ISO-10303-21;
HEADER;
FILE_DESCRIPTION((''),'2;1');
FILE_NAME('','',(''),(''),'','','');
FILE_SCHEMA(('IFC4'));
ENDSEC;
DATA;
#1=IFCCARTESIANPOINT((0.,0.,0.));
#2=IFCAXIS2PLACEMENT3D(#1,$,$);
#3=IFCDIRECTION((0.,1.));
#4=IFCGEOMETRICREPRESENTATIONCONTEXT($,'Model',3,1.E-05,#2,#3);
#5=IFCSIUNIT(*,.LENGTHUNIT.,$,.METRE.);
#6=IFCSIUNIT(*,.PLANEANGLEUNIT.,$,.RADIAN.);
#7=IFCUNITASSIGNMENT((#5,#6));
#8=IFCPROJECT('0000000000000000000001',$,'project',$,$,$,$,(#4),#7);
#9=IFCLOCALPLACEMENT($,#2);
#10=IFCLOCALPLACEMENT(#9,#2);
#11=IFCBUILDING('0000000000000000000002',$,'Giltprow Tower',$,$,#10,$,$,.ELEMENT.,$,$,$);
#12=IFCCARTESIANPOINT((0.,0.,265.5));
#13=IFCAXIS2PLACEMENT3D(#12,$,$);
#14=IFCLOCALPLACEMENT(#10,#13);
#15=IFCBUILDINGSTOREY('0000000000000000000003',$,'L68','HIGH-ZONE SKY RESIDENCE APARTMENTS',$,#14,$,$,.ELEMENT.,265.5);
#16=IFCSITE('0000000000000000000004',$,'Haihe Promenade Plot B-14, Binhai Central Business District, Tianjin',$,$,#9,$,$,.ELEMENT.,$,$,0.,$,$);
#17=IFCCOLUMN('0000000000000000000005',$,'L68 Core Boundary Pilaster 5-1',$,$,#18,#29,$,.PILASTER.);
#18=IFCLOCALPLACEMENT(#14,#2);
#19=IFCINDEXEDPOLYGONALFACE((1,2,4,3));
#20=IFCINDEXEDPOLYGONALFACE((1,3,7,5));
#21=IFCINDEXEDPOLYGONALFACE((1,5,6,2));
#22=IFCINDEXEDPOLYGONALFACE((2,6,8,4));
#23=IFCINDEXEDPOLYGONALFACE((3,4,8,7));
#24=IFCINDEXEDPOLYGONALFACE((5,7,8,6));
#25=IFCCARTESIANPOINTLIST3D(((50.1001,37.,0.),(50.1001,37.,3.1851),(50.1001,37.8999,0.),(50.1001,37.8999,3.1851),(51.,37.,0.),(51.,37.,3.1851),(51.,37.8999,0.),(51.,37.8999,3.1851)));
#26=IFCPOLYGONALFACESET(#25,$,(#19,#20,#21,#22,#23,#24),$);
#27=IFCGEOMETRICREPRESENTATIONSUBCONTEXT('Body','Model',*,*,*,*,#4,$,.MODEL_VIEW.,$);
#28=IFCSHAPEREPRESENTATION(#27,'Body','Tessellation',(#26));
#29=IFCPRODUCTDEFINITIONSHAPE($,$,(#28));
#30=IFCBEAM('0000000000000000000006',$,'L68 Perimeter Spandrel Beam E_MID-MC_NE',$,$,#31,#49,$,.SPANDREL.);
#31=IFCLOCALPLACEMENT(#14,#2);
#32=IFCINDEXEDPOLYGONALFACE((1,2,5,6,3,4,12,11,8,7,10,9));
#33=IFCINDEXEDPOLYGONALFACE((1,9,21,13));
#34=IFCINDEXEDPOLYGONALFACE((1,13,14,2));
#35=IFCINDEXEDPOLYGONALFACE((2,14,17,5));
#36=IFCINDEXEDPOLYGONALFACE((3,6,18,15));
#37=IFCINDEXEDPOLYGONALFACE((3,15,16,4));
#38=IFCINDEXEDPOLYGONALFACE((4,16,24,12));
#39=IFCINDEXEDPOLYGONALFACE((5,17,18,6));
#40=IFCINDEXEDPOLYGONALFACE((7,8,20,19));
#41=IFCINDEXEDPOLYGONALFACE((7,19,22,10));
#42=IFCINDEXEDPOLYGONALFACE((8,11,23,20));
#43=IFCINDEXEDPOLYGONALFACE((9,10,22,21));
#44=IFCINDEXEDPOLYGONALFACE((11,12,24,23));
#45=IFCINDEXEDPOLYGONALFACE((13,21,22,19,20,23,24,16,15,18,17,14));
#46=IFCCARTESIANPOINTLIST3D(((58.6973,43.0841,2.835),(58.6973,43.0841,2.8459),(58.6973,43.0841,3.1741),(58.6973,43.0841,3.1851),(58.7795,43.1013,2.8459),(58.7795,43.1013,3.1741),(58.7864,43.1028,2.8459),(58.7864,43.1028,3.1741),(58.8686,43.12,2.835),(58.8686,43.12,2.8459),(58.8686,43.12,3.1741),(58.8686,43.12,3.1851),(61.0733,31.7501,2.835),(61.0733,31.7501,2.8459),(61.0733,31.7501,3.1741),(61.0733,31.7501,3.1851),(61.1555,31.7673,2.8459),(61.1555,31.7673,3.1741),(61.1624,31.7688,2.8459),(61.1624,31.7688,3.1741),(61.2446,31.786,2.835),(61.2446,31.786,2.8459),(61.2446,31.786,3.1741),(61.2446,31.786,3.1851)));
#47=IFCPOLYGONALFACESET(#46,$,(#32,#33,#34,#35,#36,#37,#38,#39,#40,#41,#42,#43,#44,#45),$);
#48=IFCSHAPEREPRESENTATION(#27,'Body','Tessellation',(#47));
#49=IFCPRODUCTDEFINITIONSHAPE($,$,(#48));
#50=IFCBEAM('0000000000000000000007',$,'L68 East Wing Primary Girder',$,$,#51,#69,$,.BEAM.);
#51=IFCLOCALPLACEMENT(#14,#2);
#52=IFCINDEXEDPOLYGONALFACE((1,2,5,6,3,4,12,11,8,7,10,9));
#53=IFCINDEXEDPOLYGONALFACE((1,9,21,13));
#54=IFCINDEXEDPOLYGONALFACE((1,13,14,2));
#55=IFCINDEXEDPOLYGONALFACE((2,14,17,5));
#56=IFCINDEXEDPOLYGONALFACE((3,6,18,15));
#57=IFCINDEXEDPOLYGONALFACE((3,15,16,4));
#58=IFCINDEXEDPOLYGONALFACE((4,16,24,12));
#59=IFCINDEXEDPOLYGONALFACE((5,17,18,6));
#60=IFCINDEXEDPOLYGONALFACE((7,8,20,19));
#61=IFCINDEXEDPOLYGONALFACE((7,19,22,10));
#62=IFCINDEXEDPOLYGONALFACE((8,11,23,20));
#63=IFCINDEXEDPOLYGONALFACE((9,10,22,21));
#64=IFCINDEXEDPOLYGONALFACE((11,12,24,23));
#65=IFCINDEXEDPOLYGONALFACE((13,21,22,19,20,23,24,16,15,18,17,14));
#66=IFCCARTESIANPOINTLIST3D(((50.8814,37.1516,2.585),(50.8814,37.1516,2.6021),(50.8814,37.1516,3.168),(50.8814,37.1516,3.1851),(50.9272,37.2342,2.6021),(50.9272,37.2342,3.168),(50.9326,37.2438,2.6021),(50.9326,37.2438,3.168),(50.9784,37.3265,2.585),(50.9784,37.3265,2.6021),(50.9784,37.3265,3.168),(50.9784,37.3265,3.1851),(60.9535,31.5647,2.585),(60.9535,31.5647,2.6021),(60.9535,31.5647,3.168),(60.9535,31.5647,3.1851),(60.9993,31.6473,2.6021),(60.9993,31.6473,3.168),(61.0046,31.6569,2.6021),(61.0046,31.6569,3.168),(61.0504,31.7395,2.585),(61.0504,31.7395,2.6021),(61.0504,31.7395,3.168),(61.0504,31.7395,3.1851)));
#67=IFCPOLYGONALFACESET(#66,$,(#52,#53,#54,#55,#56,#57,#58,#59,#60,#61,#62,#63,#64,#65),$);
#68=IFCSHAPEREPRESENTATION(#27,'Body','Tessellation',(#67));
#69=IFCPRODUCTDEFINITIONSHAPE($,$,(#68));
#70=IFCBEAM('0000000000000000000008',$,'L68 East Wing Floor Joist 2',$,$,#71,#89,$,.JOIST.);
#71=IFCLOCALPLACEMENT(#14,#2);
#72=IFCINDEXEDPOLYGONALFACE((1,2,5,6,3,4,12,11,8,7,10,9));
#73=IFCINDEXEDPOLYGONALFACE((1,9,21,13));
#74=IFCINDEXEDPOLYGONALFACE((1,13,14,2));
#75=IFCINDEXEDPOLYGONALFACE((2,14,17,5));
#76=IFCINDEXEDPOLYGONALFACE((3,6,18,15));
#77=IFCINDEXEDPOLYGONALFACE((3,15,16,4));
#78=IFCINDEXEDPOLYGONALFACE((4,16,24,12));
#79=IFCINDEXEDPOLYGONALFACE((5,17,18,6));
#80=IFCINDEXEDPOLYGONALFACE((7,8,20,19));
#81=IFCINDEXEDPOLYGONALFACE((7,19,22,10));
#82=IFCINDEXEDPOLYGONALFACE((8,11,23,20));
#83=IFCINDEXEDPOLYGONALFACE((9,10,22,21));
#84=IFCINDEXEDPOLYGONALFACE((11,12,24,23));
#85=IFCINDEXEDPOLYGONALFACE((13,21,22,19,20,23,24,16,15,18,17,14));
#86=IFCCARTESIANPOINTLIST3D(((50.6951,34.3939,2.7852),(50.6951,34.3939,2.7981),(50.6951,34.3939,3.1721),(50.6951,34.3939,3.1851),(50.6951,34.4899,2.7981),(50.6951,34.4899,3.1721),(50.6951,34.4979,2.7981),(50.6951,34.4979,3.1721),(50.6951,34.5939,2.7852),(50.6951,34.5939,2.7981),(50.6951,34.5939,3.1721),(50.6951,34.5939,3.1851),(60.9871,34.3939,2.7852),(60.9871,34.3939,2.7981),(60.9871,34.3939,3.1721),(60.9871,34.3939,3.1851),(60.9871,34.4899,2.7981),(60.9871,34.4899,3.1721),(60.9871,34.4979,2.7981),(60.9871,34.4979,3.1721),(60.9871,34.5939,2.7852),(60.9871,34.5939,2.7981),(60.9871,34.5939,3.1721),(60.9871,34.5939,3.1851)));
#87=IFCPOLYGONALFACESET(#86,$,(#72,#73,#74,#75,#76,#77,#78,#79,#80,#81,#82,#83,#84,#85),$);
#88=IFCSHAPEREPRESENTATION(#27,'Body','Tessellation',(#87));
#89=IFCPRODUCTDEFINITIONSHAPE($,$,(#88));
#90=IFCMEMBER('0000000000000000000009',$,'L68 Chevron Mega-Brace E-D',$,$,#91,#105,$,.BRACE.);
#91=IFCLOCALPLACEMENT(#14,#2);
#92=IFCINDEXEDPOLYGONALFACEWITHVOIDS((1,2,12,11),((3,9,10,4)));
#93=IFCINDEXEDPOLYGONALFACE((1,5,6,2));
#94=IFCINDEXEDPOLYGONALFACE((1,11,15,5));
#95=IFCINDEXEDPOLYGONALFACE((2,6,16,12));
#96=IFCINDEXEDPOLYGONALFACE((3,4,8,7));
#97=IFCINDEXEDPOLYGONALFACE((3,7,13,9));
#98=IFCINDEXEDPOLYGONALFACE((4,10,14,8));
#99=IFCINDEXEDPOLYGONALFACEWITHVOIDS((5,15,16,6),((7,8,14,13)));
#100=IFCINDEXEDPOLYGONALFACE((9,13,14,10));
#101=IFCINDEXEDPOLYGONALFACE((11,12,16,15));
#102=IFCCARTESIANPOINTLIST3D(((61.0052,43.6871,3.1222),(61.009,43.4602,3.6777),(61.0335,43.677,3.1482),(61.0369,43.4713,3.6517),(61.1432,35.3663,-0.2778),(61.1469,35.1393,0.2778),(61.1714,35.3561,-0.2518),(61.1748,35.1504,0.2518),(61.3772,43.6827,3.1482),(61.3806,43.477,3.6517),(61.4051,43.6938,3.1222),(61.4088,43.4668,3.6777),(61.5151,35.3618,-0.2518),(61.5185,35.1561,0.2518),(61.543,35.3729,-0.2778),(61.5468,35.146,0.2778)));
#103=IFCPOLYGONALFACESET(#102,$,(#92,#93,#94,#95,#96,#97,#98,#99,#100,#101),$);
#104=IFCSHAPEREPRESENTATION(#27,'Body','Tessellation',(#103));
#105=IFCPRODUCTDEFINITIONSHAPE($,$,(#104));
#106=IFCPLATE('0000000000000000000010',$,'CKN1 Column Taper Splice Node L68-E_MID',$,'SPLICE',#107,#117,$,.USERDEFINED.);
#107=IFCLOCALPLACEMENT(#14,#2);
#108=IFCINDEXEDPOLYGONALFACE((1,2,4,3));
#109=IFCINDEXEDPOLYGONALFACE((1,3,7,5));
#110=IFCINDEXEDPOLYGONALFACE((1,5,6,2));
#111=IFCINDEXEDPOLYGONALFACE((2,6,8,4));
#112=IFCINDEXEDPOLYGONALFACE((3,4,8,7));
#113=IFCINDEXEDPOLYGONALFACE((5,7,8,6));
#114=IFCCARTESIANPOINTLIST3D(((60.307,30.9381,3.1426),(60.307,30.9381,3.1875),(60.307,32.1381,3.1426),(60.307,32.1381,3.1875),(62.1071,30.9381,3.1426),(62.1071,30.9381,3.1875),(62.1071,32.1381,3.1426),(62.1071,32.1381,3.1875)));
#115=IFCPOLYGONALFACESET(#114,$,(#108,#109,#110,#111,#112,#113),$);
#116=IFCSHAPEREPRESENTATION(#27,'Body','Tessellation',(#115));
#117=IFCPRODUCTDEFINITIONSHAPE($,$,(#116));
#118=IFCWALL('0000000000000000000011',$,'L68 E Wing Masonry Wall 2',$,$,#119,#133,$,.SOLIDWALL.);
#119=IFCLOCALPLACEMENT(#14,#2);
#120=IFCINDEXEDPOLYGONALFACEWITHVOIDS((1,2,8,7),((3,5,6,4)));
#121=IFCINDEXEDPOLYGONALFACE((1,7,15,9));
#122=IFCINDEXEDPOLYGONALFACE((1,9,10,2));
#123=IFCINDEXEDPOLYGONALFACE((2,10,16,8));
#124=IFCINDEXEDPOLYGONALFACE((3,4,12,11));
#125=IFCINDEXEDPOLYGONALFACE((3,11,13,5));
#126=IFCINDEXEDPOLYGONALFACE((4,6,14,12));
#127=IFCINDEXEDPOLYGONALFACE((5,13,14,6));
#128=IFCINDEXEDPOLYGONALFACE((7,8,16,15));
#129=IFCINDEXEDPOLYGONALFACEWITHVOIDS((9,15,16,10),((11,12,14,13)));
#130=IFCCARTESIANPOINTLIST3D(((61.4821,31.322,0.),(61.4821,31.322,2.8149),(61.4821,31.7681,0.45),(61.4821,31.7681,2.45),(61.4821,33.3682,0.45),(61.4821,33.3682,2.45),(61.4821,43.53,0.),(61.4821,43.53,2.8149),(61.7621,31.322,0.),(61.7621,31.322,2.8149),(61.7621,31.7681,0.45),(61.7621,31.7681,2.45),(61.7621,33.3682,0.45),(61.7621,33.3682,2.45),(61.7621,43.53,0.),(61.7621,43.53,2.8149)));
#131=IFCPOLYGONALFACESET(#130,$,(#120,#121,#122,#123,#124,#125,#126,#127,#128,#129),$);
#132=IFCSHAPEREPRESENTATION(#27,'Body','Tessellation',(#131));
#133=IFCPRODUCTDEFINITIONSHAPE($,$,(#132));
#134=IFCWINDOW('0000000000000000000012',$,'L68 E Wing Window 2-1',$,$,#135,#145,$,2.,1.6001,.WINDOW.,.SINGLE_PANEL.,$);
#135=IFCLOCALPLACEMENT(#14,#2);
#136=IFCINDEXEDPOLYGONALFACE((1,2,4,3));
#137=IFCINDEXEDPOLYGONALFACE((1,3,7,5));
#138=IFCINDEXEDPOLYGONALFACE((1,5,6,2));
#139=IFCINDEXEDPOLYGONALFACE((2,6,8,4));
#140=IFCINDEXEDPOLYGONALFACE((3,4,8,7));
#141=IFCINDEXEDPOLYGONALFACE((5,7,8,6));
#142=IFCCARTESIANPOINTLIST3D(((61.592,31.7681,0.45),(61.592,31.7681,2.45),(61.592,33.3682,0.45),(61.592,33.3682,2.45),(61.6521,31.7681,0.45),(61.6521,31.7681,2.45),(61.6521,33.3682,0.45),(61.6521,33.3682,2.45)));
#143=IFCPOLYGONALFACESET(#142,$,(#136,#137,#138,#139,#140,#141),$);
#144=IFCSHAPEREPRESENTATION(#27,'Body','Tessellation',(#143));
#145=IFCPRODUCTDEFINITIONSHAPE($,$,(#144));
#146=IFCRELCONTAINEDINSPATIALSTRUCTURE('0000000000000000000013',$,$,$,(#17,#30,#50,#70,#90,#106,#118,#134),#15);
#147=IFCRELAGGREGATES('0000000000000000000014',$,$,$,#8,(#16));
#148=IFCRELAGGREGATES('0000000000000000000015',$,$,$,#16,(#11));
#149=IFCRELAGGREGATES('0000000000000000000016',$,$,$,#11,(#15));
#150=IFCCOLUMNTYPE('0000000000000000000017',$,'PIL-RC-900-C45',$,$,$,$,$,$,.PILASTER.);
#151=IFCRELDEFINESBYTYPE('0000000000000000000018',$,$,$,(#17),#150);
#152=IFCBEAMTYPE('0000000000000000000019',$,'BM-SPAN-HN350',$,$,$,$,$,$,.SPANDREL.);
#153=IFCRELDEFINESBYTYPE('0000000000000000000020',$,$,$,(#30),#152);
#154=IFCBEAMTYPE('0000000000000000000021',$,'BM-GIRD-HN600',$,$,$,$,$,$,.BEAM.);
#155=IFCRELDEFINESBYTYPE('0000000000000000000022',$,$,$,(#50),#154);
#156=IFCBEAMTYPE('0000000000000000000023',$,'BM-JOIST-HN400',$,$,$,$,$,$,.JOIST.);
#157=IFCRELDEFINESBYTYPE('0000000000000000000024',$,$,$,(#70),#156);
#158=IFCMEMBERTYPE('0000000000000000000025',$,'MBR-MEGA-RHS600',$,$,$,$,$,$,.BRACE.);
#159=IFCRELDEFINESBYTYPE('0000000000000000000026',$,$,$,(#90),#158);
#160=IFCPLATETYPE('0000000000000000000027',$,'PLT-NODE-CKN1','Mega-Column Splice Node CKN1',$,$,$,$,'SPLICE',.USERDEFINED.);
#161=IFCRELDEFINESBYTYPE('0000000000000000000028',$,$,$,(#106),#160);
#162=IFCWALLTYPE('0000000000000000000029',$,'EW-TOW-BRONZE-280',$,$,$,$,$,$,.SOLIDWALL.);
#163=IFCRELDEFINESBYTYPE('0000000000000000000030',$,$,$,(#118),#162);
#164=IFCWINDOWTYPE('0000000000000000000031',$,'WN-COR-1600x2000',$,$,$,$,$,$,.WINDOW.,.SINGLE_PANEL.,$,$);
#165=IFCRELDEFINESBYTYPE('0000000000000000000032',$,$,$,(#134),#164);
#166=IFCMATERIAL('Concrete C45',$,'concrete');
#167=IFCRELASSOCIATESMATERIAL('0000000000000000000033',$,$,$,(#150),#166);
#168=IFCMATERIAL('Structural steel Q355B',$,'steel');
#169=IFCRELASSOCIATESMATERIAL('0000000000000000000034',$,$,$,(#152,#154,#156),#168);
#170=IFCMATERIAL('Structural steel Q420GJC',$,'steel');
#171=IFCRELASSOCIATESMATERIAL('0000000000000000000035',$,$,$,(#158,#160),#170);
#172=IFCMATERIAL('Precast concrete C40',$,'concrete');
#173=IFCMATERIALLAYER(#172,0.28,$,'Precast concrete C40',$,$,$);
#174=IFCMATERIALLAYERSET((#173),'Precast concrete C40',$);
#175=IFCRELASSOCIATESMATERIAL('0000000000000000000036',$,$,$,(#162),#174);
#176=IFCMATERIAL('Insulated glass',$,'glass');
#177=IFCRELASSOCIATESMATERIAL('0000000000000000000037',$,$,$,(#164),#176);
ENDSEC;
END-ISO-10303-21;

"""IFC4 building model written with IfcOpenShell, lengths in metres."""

from ifc_helpers import new_model, si_unit, direction, frame, frame_2d, origin, origin_2d, place, context, subcontext, project, spatial, rectangle, hollow_rectangle, i_section, extrude, source, transform, mapped, material, layer, layer_set, material_profile, profile_set, type_object, element, fill, save


model = new_model("IFC4")

# Units and contexts
model_context = context("Model", 3, precision=1e-05, world=origin(), true_north=direction((0.0, 1.0)))
body_context = subcontext(model_context, "Body", "Model", "MODEL_VIEW")
ifc_project = project(units=[si_unit("LENGTHUNIT", "METRE"), si_unit("PLANEANGLEUNIT", "RADIAN")], contexts=[model_context])

# Site, building, storey
site_placement = place(None, origin())
site = spatial("IfcSite", under=ifc_project, at=site_placement, Name="Haihe Promenade Plot B-14, Binhai Central Business District, Tianjin", CompositionType="ELEMENT", RefElevation=0.0)
building_placement = place(site_placement, origin())
building = spatial("IfcBuilding", under=site, at=building_placement, Name="Giltprow Tower", CompositionType="ELEMENT")
storey_placement = place(building_placement, frame((0.0, 0.0, 265.5)))
storey = spatial("IfcBuildingStorey", under=building, at=storey_placement, Name="L68", Description="HIGH-ZONE SKY RESIDENCE APARTMENTS", CompositionType="ELEMENT", Elevation=265.5)

# Column
ifc_material_1 = material(Name="Concrete C45", Category="concrete")
ifc_material_profile_1 = material_profile(ifc_material_1, rectangle(XDim=0.8999, YDim=0.8999, at=origin_2d()), Name="RC 900x900")
ifc_profile_set_1 = profile_set([ifc_material_profile_1], Name="Concrete C45")
column_type = type_object("IfcColumnType", Name="PIL-RC-900-C45", PredefinedType="PILASTER", material=ifc_profile_set_1)
shared_shape_1 = source(origin(), body_context, "Body", "SweptSolid", [
    extrude(rectangle(XDim=0.8999, YDim=0.8999, at=origin_2d()), origin(), (0.0, 0.0, 1.0), 3.1851),
])
column_placement = place(storey_placement, frame((50.55, 37.45, 0.0), z_axis=(0.0, 0.0, 1.0), x_axis=(1.0, 0.0, 0.0)))
element("IfcColumn", 1, at=column_placement, inside=storey, type_object=column_type, Name="L68 Core Boundary Pilaster 5-1", PredefinedType="PILASTER", context=body_context, shape_type="MappedRepresentation", body=[
    mapped(shared_shape_1, transform((0.0, 0.0, 0.0), x_axis=(1.0, 0.0, 0.0), y_axis=(0.0, 1.0, 0.0), z_axis=(0.0, 0.0, 1.0), scale=1.0)),
])

# Beams
ifc_material_2 = material(Name="Structural steel Q355B", Category="steel")
ifc_material_profile_2 = material_profile(ifc_material_2, i_section(OverallWidth=0.175, OverallDepth=0.3501, WebThickness=0.0071, FlangeThickness=0.011, at=origin_2d()), Name="HN 350x175x7x11")
ifc_profile_set_2 = profile_set([ifc_material_profile_2], Name="Structural steel Q355B")
beam_type_1 = type_object("IfcBeamType", Name="BM-SPAN-HN350", PredefinedType="SPANDREL", material=ifc_profile_set_2)
shared_shape_2 = source(origin(), body_context, "Body", "SweptSolid", [
    extrude(i_section(OverallWidth=0.175, OverallDepth=0.3501, WebThickness=0.0071, FlangeThickness=0.011, at=origin_2d()), origin(), (0.0, 0.0, 1.0), 11.5803),
])
beam_1_placement = place(storey_placement, frame((61.1589, 31.7681, 3.01), z_axis=(-0.205173, 0.978726, 0.0), x_axis=(-0.978726, -0.205173, 0.0)))
element("IfcBeam", 2, at=beam_1_placement, inside=storey, type_object=beam_type_1, Name="L68 Perimeter Spandrel Beam E_MID-MC_NE", PredefinedType="SPANDREL", context=body_context, shape_type="MappedRepresentation", body=[
    mapped(shared_shape_2, transform((0.0, 0.0, 0.0), x_axis=(1.0, 0.0, 0.0), y_axis=(0.0, 1.0, 0.0), z_axis=(0.0, 0.0, 1.0), scale=1.0)),
])
ifc_material_profile_3 = material_profile(ifc_material_2, i_section(OverallWidth=0.2, OverallDepth=0.6001, WebThickness=0.011, FlangeThickness=0.0171, at=origin_2d()), Name="HN 600x200x11x17")
ifc_profile_set_3 = profile_set([ifc_material_profile_3], Name="Structural steel Q355B")
beam_type_2 = type_object("IfcBeamType", Name="BM-GIRD-HN600", PredefinedType="BEAM", material=ifc_profile_set_3)
shared_shape_3 = source(origin(), body_context, "Body", "SweptSolid", [
    extrude(i_section(OverallWidth=0.2, OverallDepth=0.6001, WebThickness=0.011, FlangeThickness=0.0171, at=origin_2d()), origin(), (0.0, 0.0, 1.0), 11.5178),
])
beam_2_placement = place(storey_placement, frame((61.002, 31.6521, 2.885), z_axis=(-0.874476, 0.485069, 0.0), x_axis=(-0.485069, -0.874476, 0.0)))
element("IfcBeam", 3, at=beam_2_placement, inside=storey, type_object=beam_type_2, Name="L68 East Wing Primary Girder", PredefinedType="BEAM", context=body_context, shape_type="MappedRepresentation", body=[
    mapped(shared_shape_3, transform((0.0, 0.0, 0.0), x_axis=(1.0, 0.0, 0.0), y_axis=(0.0, 1.0, 0.0), z_axis=(0.0, 0.0, 1.0), scale=1.0)),
])
ifc_material_profile_4 = material_profile(ifc_material_2, i_section(OverallWidth=0.2, OverallDepth=0.3999, WebThickness=0.0081, FlangeThickness=0.0129, at=origin_2d()), Name="HN 400x200x8x13")
ifc_profile_set_4 = profile_set([ifc_material_profile_4], Name="Structural steel Q355B")
beam_type_3 = type_object("IfcBeamType", Name="BM-JOIST-HN400", PredefinedType="JOIST", material=ifc_profile_set_4)
shared_shape_4 = source(origin(), body_context, "Body", "SweptSolid", [
    extrude(i_section(OverallWidth=0.2, OverallDepth=0.3999, WebThickness=0.0081, FlangeThickness=0.0129, at=origin_2d()), origin(), (0.0, 0.0, 1.0), 10.292),
])
beam_3_placement = place(storey_placement, frame((50.6951, 34.4939, 2.9851), z_axis=(1.0, 0.0, 0.0), x_axis=(0.0, 1.0, 0.0)))
element("IfcBeam", 4, at=beam_3_placement, inside=storey, type_object=beam_type_3, Name="L68 East Wing Floor Joist 2", PredefinedType="JOIST", context=body_context, shape_type="MappedRepresentation", body=[
    mapped(shared_shape_4, transform((0.0, 0.0, 0.0), x_axis=(1.0, 0.0, 0.0), y_axis=(0.0, 1.0, 0.0), z_axis=(0.0, 0.0, 1.0), scale=1.0)),
])

# Member
ifc_material_3 = material(Name="Structural steel Q420GJC", Category="steel")
ifc_material_profile_5 = material_profile(ifc_material_3, hollow_rectangle(XDim=0.3999, YDim=0.6001, WallThickness=0.0281, at=origin_2d()), Name="RHS 600x400x28")
ifc_profile_set_5 = profile_set([ifc_material_profile_5], Name="Structural steel Q420GJC")
member_type = type_object("IfcMemberType", Name="MBR-MEGA-RHS600", PredefinedType="BRACE", material=ifc_profile_set_5)
shared_shape_5 = source(origin(), body_context, "Body", "SweptSolid", [
    extrude(hollow_rectangle(XDim=0.3999, YDim=0.6001, WallThickness=0.0281, at=origin_2d()), origin(), (0.0, 0.0, 1.0), 8.9897),
])
member_placement = place(storey_placement, frame((61.345, 35.2561, 0.0), z_axis=(-0.015344, 0.925596, 0.378201), x_axis=(-0.999863, -0.016575, 0.0)))
element("IfcMember", 5, at=member_placement, inside=storey, type_object=member_type, Name="L68 Chevron Mega-Brace E-D", PredefinedType="BRACE", context=body_context, shape_type="MappedRepresentation", body=[
    mapped(shared_shape_5, transform((0.0, 0.0, 0.0), x_axis=(1.0, 0.0, 0.0), y_axis=(0.0, 1.0, 0.0), z_axis=(0.0, 0.0, 1.0), scale=1.0)),
])

# Plate
plate_type = type_object("IfcPlateType", Name="PLT-NODE-CKN1", Description="Mega-Column Splice Node CKN1", ElementType="SPLICE", PredefinedType="USERDEFINED", material=ifc_material_3)
shared_shape_6 = source(origin(), body_context, "Body", "SweptSolid", [
    extrude(rectangle(XDim=1.8, YDim=1.2, at=origin_2d()), origin(), (0.0, 0.0, 1.0), 0.0449),
])
plate_placement = place(storey_placement, frame((61.207, 31.5381, 3.1426), z_axis=(0.0, 0.0, 1.0), x_axis=(1.0, 0.0, 0.0)))
element("IfcPlate", 6, at=plate_placement, inside=storey, type_object=plate_type, Name="CKN1 Column Taper Splice Node L68-E_MID", ObjectType="SPLICE", PredefinedType="USERDEFINED", context=body_context, shape_type="MappedRepresentation", body=[
    mapped(shared_shape_6, transform((0.0, 0.0, 0.0), x_axis=(1.0, 0.0, 0.0), y_axis=(0.0, 1.0, 0.0), z_axis=(0.0, 0.0, 1.0), scale=1.0)),
])

# Wall, opening, window
ifc_material_4 = material(Name="Precast concrete C40", Category="concrete")
ifc_layer_1 = layer(ifc_material_4, 0.28, Name="Precast concrete C40")
ifc_layer_set_1 = layer_set([ifc_layer_1], Name="Precast concrete C40")
wall_type_1 = type_object("IfcWallType", Name="EW-TOW-BRONZE-280", PredefinedType="SOLIDWALL", material=ifc_layer_set_1)
wall_1_placement = place(storey_placement, frame((61.6221, 31.322, 0.0), z_axis=(0.0, 0.0, 1.0), x_axis=(0.0, 1.0, 0.0)))
wall_1 = element("IfcWall", 7, at=wall_1_placement, inside=storey, type_object=wall_type_1, Name="L68 E Wing Masonry Wall 2", PredefinedType="SOLIDWALL", context=body_context, shape_type="SweptSolid", body=[
    extrude(rectangle(XDim=12.208, YDim=0.28, at=frame_2d((6.104, 0.0))), origin(), (0.0, 0.0, 1.0), 2.8149),
])
opening_1_placement = place(wall_1_placement, frame((0.446, 0.0, 0.45)))
opening_1 = element("IfcOpeningElement", 8, at=opening_1_placement, cuts=wall_1, PredefinedType="OPENING", context=body_context, shape_type="SweptSolid", body=[
    extrude(rectangle(XDim=1.6001, YDim=2.0, at=frame_2d((0.8, 1.0))), frame((0.0, 0.1499, 0.0), z_axis=(0.0, -1.0, 0.0), x_axis=(1.0, 0.0, 0.0)), (0.0, 0.0, 1.0), 0.3),
])
ifc_material_5 = material(Name="Insulated glass", Category="glass")
window_type = type_object("IfcWindowType", Name="WN-COR-1600x2000", PartitioningType="SINGLE_PANEL", PredefinedType="WINDOW", material=ifc_material_5)
shared_shape_7 = source(origin(), body_context, "Body", "SweptSolid", [
    extrude(rectangle(XDim=1.6001, YDim=2.0, at=frame_2d((0.8, 1.0))), frame((0.0, 0.03, 0.0), z_axis=(0.0, -1.0, 0.0), x_axis=(1.0, 0.0, 0.0)), (0.0, 0.0, 1.0), 0.0601),
])
window_placement = place(opening_1_placement, origin())
window = element("IfcWindow", 9, at=window_placement, inside=storey, type_object=window_type, Name="L68 E Wing Window 2-1", OverallHeight=2.0, OverallWidth=1.6001, PartitioningType="SINGLE_PANEL", PredefinedType="WINDOW", context=body_context, shape_type="MappedRepresentation", body=[
    mapped(shared_shape_7, transform((0.0, 0.0, 0.0), x_axis=(1.0, 0.0, 0.0), y_axis=(0.0, 1.0, 0.0), z_axis=(0.0, 0.0, 1.0), scale=1.0)),
])
fill(opening_1, window)

save(model, "model.ifc")
